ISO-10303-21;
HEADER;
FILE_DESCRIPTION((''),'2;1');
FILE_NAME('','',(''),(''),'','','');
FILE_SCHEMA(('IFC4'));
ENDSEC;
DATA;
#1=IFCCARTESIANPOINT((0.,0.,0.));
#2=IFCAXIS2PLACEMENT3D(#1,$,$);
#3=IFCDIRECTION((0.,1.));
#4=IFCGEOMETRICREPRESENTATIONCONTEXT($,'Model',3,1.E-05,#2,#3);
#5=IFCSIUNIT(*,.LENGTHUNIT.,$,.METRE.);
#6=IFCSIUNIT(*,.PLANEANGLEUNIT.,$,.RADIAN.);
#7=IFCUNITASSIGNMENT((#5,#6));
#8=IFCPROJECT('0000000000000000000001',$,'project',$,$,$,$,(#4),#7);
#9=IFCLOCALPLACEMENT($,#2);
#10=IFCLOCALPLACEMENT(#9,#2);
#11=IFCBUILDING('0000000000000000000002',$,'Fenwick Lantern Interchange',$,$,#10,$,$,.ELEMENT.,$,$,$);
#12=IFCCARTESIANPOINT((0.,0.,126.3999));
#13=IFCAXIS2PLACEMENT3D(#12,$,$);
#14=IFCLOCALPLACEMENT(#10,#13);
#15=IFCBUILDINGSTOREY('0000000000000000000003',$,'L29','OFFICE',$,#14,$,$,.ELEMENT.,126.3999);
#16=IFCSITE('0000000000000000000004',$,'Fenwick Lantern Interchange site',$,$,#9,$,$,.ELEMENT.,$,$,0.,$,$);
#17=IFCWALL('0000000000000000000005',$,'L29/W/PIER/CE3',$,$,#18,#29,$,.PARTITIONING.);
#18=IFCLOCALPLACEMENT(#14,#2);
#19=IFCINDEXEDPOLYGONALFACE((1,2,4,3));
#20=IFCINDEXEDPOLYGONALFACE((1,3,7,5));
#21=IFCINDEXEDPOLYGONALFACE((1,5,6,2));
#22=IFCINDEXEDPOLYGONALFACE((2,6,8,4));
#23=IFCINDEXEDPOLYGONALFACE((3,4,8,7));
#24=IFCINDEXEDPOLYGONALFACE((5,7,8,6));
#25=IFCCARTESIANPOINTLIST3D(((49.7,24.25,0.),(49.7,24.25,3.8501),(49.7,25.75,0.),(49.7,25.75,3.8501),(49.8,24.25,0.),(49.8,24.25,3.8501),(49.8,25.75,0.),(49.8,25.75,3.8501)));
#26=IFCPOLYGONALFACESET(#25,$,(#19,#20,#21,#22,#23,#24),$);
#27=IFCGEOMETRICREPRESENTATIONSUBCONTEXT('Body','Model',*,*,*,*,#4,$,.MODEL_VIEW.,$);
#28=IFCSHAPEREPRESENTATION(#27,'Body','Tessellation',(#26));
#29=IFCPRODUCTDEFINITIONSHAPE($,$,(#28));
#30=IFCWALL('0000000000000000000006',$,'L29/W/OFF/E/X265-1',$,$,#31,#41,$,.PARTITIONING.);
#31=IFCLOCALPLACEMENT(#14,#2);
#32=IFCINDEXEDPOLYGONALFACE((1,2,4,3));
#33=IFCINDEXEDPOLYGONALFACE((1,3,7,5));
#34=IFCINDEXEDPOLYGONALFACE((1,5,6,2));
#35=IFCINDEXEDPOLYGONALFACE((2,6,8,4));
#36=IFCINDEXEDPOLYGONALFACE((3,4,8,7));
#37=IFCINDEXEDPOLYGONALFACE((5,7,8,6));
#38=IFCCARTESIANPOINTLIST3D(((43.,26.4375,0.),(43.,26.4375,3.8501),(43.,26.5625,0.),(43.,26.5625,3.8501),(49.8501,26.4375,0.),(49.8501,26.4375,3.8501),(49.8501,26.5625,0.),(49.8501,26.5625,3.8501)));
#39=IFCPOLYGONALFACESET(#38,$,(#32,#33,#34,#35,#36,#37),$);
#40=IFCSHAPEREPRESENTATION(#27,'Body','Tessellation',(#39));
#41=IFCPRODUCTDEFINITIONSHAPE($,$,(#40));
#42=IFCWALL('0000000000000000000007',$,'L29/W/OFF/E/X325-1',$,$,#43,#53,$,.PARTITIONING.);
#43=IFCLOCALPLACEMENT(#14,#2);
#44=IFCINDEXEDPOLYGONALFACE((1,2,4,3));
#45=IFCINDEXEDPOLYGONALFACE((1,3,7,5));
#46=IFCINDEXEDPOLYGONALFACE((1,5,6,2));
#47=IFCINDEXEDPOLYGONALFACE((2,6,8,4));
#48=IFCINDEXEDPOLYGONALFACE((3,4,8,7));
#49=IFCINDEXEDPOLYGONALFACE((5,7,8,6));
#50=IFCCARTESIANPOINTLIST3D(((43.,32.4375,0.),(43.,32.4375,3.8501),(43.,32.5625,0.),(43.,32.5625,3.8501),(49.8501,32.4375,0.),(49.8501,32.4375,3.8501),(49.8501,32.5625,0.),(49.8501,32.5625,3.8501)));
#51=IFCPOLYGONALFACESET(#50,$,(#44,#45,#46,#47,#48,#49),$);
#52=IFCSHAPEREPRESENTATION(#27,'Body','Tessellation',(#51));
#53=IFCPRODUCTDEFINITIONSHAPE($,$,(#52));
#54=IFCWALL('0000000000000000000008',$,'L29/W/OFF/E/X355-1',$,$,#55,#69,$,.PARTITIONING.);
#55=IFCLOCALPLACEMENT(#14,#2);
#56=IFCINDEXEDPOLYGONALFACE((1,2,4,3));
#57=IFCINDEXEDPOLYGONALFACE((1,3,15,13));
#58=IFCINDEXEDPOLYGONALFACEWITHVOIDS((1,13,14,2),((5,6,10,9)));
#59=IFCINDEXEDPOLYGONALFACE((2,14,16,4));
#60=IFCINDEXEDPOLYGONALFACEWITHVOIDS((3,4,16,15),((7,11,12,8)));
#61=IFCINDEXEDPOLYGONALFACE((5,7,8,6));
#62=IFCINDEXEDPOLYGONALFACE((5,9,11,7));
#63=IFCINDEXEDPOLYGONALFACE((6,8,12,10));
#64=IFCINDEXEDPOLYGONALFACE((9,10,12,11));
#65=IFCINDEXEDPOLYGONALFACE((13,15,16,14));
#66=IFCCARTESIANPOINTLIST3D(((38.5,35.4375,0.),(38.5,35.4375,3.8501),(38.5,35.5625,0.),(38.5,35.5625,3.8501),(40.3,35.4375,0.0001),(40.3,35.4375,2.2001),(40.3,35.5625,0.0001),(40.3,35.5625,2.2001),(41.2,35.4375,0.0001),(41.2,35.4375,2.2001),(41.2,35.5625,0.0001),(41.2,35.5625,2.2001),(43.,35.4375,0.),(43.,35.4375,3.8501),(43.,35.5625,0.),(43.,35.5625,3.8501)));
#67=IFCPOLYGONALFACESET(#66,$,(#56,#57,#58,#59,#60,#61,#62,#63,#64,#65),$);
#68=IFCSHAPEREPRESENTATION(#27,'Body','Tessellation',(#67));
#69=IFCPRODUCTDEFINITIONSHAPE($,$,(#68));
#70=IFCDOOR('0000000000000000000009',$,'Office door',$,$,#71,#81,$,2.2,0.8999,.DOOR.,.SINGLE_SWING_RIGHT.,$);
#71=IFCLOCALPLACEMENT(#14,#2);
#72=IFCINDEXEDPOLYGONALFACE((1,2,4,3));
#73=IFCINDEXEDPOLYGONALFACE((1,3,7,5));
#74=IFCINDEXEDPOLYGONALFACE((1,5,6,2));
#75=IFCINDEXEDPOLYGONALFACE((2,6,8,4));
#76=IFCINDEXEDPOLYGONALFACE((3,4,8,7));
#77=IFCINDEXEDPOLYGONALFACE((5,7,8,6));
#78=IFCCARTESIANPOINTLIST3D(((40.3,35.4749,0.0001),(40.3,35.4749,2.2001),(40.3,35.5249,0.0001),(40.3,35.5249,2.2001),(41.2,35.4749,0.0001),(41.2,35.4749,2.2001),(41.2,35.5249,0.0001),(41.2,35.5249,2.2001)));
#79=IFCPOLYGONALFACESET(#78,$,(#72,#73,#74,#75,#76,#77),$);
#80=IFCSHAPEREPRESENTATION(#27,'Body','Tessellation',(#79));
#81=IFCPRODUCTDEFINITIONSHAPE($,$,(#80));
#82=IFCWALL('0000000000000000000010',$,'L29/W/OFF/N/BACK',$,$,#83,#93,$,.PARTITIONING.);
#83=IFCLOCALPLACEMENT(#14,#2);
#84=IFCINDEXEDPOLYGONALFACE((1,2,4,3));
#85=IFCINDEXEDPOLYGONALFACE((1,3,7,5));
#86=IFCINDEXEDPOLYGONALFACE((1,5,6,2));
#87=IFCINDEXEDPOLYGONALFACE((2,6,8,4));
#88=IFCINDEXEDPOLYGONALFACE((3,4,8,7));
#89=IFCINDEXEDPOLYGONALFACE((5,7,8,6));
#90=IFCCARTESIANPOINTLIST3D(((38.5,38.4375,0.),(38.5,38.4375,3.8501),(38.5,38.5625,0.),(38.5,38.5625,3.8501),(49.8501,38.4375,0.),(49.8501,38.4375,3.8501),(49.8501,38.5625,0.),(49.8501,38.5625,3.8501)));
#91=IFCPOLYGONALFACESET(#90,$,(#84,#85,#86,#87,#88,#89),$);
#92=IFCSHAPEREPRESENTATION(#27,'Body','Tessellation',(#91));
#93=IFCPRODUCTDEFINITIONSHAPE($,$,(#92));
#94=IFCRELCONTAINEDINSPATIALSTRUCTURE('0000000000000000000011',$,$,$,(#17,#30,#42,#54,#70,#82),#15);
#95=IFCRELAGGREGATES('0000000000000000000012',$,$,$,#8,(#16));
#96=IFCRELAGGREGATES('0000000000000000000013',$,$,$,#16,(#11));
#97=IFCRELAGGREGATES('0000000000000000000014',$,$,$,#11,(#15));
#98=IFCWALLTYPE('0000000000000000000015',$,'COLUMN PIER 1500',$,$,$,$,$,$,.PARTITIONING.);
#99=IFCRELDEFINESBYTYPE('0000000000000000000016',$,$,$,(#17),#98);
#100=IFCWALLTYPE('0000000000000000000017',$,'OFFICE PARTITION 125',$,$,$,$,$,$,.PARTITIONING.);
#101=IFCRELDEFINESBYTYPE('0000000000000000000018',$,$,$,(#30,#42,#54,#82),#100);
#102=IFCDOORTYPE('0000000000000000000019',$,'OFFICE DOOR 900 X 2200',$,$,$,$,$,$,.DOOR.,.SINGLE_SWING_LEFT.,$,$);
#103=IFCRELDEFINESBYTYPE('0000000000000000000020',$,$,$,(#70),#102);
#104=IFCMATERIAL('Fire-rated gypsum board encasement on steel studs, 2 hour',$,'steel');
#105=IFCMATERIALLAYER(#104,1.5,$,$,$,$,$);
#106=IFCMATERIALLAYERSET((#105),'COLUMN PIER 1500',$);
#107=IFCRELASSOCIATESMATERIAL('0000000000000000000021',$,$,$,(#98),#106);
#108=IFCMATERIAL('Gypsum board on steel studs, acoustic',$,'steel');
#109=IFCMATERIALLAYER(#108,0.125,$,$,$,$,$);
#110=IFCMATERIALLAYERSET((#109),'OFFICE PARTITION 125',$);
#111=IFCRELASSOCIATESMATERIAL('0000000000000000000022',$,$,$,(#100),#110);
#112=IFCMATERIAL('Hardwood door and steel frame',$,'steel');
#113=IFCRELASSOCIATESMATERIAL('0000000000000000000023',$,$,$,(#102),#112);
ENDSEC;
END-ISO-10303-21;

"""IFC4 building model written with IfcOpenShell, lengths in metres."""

from ifc_helpers import new_model, si_unit, direction, frame, frame_2d, origin, place, context, subcontext, project, spatial, rectangle, extrude, material, layer, layer_set, type_object, element, fill, save


model = new_model("IFC4")

# Units and contexts
model_context = context("Model", 3, precision=1e-05, world=origin(), true_north=direction((0.0, 1.0)))
body_context = subcontext(model_context, "Body", "Model", "MODEL_VIEW")
ifc_project = project(units=[si_unit("LENGTHUNIT", "METRE"), si_unit("PLANEANGLEUNIT", "RADIAN")], contexts=[model_context])

# Site, building, storey
site_placement = place(None, origin())
site = spatial("IfcSite", under=ifc_project, at=site_placement, Name="Fenwick Lantern Interchange site", CompositionType="ELEMENT", RefElevation=0.0)
building_placement = place(site_placement, origin())
building = spatial("IfcBuilding", under=site, at=building_placement, Name="Fenwick Lantern Interchange", CompositionType="ELEMENT")
storey_placement = place(building_placement, frame((0.0, 0.0, 126.3999)))
storey = spatial("IfcBuildingStorey", under=building, at=storey_placement, Name="L29", Description="OFFICE", CompositionType="ELEMENT", Elevation=126.3999)

# Walls
ifc_material_1 = material(Name="Fire-rated gypsum board encasement on steel studs, 2 hour", Category="steel")
ifc_layer_1 = layer(ifc_material_1, 1.5)
ifc_layer_set_1 = layer_set([ifc_layer_1], Name="COLUMN PIER 1500")
wall_type_1 = type_object("IfcWallType", Name="COLUMN PIER 1500", PredefinedType="PARTITIONING", material=ifc_layer_set_1)
wall_1_placement = place(storey_placement, frame((49.8, 25.0, 0.0), z_axis=(0.0, 0.0, 1.0), x_axis=(-1.0, 0.0, 0.0)))
element("IfcWall", 1, at=wall_1_placement, inside=storey, type_object=wall_type_1, Name="L29/W/PIER/CE3", PredefinedType="PARTITIONING", context=body_context, shape_type="SweptSolid", body=[
    extrude(rectangle(XDim=0.1001, YDim=1.5, at=frame_2d((0.05, 0.0))), origin(), (0.0, 0.0, 1.0), 3.8501),
])
ifc_material_2 = material(Name="Gypsum board on steel studs, acoustic", Category="steel")
ifc_layer_2 = layer(ifc_material_2, 0.125)
ifc_layer_set_2 = layer_set([ifc_layer_2], Name="OFFICE PARTITION 125")
wall_type_2 = type_object("IfcWallType", Name="OFFICE PARTITION 125", PredefinedType="PARTITIONING", material=ifc_layer_set_2)
for number, where, z_axis, x_axis, name in (
    (2, (49.8501, 26.5, 0.0), (0.0, 0.0, 1.0), (-1.0, 0.0, 0.0), "L29/W/OFF/E/X265-1"),
    (3, (49.8501, 32.5, 0.0), (0.0, 0.0, 1.0), (-1.0, 0.0, 0.0), "L29/W/OFF/E/X325-1"),
):
    element("IfcWall", number, at=place(storey_placement, frame(where, z_axis=z_axis, x_axis=x_axis)), inside=storey, type_object=wall_type_2, Name=name, PredefinedType="PARTITIONING", context=body_context, shape_type="SweptSolid", body=[
        extrude(rectangle(XDim=6.8501, YDim=0.125, at=frame_2d((3.425, 0.0))), origin(), (0.0, 0.0, 1.0), 3.8501),
    ])

# Wall, opening, door
wall_2_placement = place(storey_placement, frame((43.0, 35.5, 0.0), z_axis=(0.0, 0.0, 1.0), x_axis=(-1.0, 0.0, 0.0)))
wall_2 = element("IfcWall", 4, at=wall_2_placement, inside=storey, type_object=wall_type_2, Name="L29/W/OFF/E/X355-1", PredefinedType="PARTITIONING", context=body_context, shape_type="SweptSolid", body=[
    extrude(rectangle(XDim=4.5, YDim=0.125, at=frame_2d((2.25, 0.0))), origin(), (0.0, 0.0, 1.0), 3.8501),
])
opening_placement = place(wall_2_placement, frame((1.8, 0.0, 0.0)))
opening = element("IfcOpeningElement", 5, at=opening_placement, cuts=wall_2, PredefinedType="OPENING", context=body_context, shape_type="SweptSolid", body=[
    extrude(rectangle(XDim=0.8999, YDim=2.2, at=frame_2d((0.45, 1.1001))), frame((0.0, 0.0725, 0.0), z_axis=(0.0, -1.0, 0.0), x_axis=(1.0, 0.0, 0.0)), (0.0, 0.0, 1.0), 0.145),
])
ifc_material_3 = material(Name="Hardwood door and steel frame", Category="steel")
door_type = type_object("IfcDoorType", Name="OFFICE DOOR 900 X 2200", OperationType="SINGLE_SWING_LEFT", PredefinedType="DOOR", material=ifc_material_3)
door_placement = place(opening_placement, frame((0.8999, 0.0, 0.0), z_axis=(0.0, 0.0, 1.0), x_axis=(-1.0, 0.0, 0.0)))
door = element("IfcDoor", 6, at=door_placement, inside=storey, type_object=door_type, Name="Office door", OperationType="SINGLE_SWING_RIGHT", OverallHeight=2.2, OverallWidth=0.8999, PredefinedType="DOOR", context=body_context, shape_type="SweptSolid", body=[
    extrude(rectangle(XDim=0.8999, YDim=2.2, at=frame_2d((0.45, 1.1001))), frame((0.0, 0.0249, 0.0), z_axis=(0.0, -1.0, 0.0), x_axis=(1.0, 0.0, 0.0)), (0.0, 0.0, 1.0), 0.05),
])
fill(opening, door)

# Wall
wall_3_placement = place(storey_placement, frame((49.8501, 38.5, 0.0), z_axis=(0.0, 0.0, 1.0), x_axis=(-1.0, 0.0, 0.0)))
element("IfcWall", 7, at=wall_3_placement, inside=storey, type_object=wall_type_2, Name="L29/W/OFF/N/BACK", PredefinedType="PARTITIONING", context=body_context, shape_type="SweptSolid", body=[
    extrude(rectangle(XDim=11.3501, YDim=0.125, at=frame_2d((5.675, 0.0))), origin(), (0.0, 0.0, 1.0), 3.8501),
])

save(model, "model.ifc")
